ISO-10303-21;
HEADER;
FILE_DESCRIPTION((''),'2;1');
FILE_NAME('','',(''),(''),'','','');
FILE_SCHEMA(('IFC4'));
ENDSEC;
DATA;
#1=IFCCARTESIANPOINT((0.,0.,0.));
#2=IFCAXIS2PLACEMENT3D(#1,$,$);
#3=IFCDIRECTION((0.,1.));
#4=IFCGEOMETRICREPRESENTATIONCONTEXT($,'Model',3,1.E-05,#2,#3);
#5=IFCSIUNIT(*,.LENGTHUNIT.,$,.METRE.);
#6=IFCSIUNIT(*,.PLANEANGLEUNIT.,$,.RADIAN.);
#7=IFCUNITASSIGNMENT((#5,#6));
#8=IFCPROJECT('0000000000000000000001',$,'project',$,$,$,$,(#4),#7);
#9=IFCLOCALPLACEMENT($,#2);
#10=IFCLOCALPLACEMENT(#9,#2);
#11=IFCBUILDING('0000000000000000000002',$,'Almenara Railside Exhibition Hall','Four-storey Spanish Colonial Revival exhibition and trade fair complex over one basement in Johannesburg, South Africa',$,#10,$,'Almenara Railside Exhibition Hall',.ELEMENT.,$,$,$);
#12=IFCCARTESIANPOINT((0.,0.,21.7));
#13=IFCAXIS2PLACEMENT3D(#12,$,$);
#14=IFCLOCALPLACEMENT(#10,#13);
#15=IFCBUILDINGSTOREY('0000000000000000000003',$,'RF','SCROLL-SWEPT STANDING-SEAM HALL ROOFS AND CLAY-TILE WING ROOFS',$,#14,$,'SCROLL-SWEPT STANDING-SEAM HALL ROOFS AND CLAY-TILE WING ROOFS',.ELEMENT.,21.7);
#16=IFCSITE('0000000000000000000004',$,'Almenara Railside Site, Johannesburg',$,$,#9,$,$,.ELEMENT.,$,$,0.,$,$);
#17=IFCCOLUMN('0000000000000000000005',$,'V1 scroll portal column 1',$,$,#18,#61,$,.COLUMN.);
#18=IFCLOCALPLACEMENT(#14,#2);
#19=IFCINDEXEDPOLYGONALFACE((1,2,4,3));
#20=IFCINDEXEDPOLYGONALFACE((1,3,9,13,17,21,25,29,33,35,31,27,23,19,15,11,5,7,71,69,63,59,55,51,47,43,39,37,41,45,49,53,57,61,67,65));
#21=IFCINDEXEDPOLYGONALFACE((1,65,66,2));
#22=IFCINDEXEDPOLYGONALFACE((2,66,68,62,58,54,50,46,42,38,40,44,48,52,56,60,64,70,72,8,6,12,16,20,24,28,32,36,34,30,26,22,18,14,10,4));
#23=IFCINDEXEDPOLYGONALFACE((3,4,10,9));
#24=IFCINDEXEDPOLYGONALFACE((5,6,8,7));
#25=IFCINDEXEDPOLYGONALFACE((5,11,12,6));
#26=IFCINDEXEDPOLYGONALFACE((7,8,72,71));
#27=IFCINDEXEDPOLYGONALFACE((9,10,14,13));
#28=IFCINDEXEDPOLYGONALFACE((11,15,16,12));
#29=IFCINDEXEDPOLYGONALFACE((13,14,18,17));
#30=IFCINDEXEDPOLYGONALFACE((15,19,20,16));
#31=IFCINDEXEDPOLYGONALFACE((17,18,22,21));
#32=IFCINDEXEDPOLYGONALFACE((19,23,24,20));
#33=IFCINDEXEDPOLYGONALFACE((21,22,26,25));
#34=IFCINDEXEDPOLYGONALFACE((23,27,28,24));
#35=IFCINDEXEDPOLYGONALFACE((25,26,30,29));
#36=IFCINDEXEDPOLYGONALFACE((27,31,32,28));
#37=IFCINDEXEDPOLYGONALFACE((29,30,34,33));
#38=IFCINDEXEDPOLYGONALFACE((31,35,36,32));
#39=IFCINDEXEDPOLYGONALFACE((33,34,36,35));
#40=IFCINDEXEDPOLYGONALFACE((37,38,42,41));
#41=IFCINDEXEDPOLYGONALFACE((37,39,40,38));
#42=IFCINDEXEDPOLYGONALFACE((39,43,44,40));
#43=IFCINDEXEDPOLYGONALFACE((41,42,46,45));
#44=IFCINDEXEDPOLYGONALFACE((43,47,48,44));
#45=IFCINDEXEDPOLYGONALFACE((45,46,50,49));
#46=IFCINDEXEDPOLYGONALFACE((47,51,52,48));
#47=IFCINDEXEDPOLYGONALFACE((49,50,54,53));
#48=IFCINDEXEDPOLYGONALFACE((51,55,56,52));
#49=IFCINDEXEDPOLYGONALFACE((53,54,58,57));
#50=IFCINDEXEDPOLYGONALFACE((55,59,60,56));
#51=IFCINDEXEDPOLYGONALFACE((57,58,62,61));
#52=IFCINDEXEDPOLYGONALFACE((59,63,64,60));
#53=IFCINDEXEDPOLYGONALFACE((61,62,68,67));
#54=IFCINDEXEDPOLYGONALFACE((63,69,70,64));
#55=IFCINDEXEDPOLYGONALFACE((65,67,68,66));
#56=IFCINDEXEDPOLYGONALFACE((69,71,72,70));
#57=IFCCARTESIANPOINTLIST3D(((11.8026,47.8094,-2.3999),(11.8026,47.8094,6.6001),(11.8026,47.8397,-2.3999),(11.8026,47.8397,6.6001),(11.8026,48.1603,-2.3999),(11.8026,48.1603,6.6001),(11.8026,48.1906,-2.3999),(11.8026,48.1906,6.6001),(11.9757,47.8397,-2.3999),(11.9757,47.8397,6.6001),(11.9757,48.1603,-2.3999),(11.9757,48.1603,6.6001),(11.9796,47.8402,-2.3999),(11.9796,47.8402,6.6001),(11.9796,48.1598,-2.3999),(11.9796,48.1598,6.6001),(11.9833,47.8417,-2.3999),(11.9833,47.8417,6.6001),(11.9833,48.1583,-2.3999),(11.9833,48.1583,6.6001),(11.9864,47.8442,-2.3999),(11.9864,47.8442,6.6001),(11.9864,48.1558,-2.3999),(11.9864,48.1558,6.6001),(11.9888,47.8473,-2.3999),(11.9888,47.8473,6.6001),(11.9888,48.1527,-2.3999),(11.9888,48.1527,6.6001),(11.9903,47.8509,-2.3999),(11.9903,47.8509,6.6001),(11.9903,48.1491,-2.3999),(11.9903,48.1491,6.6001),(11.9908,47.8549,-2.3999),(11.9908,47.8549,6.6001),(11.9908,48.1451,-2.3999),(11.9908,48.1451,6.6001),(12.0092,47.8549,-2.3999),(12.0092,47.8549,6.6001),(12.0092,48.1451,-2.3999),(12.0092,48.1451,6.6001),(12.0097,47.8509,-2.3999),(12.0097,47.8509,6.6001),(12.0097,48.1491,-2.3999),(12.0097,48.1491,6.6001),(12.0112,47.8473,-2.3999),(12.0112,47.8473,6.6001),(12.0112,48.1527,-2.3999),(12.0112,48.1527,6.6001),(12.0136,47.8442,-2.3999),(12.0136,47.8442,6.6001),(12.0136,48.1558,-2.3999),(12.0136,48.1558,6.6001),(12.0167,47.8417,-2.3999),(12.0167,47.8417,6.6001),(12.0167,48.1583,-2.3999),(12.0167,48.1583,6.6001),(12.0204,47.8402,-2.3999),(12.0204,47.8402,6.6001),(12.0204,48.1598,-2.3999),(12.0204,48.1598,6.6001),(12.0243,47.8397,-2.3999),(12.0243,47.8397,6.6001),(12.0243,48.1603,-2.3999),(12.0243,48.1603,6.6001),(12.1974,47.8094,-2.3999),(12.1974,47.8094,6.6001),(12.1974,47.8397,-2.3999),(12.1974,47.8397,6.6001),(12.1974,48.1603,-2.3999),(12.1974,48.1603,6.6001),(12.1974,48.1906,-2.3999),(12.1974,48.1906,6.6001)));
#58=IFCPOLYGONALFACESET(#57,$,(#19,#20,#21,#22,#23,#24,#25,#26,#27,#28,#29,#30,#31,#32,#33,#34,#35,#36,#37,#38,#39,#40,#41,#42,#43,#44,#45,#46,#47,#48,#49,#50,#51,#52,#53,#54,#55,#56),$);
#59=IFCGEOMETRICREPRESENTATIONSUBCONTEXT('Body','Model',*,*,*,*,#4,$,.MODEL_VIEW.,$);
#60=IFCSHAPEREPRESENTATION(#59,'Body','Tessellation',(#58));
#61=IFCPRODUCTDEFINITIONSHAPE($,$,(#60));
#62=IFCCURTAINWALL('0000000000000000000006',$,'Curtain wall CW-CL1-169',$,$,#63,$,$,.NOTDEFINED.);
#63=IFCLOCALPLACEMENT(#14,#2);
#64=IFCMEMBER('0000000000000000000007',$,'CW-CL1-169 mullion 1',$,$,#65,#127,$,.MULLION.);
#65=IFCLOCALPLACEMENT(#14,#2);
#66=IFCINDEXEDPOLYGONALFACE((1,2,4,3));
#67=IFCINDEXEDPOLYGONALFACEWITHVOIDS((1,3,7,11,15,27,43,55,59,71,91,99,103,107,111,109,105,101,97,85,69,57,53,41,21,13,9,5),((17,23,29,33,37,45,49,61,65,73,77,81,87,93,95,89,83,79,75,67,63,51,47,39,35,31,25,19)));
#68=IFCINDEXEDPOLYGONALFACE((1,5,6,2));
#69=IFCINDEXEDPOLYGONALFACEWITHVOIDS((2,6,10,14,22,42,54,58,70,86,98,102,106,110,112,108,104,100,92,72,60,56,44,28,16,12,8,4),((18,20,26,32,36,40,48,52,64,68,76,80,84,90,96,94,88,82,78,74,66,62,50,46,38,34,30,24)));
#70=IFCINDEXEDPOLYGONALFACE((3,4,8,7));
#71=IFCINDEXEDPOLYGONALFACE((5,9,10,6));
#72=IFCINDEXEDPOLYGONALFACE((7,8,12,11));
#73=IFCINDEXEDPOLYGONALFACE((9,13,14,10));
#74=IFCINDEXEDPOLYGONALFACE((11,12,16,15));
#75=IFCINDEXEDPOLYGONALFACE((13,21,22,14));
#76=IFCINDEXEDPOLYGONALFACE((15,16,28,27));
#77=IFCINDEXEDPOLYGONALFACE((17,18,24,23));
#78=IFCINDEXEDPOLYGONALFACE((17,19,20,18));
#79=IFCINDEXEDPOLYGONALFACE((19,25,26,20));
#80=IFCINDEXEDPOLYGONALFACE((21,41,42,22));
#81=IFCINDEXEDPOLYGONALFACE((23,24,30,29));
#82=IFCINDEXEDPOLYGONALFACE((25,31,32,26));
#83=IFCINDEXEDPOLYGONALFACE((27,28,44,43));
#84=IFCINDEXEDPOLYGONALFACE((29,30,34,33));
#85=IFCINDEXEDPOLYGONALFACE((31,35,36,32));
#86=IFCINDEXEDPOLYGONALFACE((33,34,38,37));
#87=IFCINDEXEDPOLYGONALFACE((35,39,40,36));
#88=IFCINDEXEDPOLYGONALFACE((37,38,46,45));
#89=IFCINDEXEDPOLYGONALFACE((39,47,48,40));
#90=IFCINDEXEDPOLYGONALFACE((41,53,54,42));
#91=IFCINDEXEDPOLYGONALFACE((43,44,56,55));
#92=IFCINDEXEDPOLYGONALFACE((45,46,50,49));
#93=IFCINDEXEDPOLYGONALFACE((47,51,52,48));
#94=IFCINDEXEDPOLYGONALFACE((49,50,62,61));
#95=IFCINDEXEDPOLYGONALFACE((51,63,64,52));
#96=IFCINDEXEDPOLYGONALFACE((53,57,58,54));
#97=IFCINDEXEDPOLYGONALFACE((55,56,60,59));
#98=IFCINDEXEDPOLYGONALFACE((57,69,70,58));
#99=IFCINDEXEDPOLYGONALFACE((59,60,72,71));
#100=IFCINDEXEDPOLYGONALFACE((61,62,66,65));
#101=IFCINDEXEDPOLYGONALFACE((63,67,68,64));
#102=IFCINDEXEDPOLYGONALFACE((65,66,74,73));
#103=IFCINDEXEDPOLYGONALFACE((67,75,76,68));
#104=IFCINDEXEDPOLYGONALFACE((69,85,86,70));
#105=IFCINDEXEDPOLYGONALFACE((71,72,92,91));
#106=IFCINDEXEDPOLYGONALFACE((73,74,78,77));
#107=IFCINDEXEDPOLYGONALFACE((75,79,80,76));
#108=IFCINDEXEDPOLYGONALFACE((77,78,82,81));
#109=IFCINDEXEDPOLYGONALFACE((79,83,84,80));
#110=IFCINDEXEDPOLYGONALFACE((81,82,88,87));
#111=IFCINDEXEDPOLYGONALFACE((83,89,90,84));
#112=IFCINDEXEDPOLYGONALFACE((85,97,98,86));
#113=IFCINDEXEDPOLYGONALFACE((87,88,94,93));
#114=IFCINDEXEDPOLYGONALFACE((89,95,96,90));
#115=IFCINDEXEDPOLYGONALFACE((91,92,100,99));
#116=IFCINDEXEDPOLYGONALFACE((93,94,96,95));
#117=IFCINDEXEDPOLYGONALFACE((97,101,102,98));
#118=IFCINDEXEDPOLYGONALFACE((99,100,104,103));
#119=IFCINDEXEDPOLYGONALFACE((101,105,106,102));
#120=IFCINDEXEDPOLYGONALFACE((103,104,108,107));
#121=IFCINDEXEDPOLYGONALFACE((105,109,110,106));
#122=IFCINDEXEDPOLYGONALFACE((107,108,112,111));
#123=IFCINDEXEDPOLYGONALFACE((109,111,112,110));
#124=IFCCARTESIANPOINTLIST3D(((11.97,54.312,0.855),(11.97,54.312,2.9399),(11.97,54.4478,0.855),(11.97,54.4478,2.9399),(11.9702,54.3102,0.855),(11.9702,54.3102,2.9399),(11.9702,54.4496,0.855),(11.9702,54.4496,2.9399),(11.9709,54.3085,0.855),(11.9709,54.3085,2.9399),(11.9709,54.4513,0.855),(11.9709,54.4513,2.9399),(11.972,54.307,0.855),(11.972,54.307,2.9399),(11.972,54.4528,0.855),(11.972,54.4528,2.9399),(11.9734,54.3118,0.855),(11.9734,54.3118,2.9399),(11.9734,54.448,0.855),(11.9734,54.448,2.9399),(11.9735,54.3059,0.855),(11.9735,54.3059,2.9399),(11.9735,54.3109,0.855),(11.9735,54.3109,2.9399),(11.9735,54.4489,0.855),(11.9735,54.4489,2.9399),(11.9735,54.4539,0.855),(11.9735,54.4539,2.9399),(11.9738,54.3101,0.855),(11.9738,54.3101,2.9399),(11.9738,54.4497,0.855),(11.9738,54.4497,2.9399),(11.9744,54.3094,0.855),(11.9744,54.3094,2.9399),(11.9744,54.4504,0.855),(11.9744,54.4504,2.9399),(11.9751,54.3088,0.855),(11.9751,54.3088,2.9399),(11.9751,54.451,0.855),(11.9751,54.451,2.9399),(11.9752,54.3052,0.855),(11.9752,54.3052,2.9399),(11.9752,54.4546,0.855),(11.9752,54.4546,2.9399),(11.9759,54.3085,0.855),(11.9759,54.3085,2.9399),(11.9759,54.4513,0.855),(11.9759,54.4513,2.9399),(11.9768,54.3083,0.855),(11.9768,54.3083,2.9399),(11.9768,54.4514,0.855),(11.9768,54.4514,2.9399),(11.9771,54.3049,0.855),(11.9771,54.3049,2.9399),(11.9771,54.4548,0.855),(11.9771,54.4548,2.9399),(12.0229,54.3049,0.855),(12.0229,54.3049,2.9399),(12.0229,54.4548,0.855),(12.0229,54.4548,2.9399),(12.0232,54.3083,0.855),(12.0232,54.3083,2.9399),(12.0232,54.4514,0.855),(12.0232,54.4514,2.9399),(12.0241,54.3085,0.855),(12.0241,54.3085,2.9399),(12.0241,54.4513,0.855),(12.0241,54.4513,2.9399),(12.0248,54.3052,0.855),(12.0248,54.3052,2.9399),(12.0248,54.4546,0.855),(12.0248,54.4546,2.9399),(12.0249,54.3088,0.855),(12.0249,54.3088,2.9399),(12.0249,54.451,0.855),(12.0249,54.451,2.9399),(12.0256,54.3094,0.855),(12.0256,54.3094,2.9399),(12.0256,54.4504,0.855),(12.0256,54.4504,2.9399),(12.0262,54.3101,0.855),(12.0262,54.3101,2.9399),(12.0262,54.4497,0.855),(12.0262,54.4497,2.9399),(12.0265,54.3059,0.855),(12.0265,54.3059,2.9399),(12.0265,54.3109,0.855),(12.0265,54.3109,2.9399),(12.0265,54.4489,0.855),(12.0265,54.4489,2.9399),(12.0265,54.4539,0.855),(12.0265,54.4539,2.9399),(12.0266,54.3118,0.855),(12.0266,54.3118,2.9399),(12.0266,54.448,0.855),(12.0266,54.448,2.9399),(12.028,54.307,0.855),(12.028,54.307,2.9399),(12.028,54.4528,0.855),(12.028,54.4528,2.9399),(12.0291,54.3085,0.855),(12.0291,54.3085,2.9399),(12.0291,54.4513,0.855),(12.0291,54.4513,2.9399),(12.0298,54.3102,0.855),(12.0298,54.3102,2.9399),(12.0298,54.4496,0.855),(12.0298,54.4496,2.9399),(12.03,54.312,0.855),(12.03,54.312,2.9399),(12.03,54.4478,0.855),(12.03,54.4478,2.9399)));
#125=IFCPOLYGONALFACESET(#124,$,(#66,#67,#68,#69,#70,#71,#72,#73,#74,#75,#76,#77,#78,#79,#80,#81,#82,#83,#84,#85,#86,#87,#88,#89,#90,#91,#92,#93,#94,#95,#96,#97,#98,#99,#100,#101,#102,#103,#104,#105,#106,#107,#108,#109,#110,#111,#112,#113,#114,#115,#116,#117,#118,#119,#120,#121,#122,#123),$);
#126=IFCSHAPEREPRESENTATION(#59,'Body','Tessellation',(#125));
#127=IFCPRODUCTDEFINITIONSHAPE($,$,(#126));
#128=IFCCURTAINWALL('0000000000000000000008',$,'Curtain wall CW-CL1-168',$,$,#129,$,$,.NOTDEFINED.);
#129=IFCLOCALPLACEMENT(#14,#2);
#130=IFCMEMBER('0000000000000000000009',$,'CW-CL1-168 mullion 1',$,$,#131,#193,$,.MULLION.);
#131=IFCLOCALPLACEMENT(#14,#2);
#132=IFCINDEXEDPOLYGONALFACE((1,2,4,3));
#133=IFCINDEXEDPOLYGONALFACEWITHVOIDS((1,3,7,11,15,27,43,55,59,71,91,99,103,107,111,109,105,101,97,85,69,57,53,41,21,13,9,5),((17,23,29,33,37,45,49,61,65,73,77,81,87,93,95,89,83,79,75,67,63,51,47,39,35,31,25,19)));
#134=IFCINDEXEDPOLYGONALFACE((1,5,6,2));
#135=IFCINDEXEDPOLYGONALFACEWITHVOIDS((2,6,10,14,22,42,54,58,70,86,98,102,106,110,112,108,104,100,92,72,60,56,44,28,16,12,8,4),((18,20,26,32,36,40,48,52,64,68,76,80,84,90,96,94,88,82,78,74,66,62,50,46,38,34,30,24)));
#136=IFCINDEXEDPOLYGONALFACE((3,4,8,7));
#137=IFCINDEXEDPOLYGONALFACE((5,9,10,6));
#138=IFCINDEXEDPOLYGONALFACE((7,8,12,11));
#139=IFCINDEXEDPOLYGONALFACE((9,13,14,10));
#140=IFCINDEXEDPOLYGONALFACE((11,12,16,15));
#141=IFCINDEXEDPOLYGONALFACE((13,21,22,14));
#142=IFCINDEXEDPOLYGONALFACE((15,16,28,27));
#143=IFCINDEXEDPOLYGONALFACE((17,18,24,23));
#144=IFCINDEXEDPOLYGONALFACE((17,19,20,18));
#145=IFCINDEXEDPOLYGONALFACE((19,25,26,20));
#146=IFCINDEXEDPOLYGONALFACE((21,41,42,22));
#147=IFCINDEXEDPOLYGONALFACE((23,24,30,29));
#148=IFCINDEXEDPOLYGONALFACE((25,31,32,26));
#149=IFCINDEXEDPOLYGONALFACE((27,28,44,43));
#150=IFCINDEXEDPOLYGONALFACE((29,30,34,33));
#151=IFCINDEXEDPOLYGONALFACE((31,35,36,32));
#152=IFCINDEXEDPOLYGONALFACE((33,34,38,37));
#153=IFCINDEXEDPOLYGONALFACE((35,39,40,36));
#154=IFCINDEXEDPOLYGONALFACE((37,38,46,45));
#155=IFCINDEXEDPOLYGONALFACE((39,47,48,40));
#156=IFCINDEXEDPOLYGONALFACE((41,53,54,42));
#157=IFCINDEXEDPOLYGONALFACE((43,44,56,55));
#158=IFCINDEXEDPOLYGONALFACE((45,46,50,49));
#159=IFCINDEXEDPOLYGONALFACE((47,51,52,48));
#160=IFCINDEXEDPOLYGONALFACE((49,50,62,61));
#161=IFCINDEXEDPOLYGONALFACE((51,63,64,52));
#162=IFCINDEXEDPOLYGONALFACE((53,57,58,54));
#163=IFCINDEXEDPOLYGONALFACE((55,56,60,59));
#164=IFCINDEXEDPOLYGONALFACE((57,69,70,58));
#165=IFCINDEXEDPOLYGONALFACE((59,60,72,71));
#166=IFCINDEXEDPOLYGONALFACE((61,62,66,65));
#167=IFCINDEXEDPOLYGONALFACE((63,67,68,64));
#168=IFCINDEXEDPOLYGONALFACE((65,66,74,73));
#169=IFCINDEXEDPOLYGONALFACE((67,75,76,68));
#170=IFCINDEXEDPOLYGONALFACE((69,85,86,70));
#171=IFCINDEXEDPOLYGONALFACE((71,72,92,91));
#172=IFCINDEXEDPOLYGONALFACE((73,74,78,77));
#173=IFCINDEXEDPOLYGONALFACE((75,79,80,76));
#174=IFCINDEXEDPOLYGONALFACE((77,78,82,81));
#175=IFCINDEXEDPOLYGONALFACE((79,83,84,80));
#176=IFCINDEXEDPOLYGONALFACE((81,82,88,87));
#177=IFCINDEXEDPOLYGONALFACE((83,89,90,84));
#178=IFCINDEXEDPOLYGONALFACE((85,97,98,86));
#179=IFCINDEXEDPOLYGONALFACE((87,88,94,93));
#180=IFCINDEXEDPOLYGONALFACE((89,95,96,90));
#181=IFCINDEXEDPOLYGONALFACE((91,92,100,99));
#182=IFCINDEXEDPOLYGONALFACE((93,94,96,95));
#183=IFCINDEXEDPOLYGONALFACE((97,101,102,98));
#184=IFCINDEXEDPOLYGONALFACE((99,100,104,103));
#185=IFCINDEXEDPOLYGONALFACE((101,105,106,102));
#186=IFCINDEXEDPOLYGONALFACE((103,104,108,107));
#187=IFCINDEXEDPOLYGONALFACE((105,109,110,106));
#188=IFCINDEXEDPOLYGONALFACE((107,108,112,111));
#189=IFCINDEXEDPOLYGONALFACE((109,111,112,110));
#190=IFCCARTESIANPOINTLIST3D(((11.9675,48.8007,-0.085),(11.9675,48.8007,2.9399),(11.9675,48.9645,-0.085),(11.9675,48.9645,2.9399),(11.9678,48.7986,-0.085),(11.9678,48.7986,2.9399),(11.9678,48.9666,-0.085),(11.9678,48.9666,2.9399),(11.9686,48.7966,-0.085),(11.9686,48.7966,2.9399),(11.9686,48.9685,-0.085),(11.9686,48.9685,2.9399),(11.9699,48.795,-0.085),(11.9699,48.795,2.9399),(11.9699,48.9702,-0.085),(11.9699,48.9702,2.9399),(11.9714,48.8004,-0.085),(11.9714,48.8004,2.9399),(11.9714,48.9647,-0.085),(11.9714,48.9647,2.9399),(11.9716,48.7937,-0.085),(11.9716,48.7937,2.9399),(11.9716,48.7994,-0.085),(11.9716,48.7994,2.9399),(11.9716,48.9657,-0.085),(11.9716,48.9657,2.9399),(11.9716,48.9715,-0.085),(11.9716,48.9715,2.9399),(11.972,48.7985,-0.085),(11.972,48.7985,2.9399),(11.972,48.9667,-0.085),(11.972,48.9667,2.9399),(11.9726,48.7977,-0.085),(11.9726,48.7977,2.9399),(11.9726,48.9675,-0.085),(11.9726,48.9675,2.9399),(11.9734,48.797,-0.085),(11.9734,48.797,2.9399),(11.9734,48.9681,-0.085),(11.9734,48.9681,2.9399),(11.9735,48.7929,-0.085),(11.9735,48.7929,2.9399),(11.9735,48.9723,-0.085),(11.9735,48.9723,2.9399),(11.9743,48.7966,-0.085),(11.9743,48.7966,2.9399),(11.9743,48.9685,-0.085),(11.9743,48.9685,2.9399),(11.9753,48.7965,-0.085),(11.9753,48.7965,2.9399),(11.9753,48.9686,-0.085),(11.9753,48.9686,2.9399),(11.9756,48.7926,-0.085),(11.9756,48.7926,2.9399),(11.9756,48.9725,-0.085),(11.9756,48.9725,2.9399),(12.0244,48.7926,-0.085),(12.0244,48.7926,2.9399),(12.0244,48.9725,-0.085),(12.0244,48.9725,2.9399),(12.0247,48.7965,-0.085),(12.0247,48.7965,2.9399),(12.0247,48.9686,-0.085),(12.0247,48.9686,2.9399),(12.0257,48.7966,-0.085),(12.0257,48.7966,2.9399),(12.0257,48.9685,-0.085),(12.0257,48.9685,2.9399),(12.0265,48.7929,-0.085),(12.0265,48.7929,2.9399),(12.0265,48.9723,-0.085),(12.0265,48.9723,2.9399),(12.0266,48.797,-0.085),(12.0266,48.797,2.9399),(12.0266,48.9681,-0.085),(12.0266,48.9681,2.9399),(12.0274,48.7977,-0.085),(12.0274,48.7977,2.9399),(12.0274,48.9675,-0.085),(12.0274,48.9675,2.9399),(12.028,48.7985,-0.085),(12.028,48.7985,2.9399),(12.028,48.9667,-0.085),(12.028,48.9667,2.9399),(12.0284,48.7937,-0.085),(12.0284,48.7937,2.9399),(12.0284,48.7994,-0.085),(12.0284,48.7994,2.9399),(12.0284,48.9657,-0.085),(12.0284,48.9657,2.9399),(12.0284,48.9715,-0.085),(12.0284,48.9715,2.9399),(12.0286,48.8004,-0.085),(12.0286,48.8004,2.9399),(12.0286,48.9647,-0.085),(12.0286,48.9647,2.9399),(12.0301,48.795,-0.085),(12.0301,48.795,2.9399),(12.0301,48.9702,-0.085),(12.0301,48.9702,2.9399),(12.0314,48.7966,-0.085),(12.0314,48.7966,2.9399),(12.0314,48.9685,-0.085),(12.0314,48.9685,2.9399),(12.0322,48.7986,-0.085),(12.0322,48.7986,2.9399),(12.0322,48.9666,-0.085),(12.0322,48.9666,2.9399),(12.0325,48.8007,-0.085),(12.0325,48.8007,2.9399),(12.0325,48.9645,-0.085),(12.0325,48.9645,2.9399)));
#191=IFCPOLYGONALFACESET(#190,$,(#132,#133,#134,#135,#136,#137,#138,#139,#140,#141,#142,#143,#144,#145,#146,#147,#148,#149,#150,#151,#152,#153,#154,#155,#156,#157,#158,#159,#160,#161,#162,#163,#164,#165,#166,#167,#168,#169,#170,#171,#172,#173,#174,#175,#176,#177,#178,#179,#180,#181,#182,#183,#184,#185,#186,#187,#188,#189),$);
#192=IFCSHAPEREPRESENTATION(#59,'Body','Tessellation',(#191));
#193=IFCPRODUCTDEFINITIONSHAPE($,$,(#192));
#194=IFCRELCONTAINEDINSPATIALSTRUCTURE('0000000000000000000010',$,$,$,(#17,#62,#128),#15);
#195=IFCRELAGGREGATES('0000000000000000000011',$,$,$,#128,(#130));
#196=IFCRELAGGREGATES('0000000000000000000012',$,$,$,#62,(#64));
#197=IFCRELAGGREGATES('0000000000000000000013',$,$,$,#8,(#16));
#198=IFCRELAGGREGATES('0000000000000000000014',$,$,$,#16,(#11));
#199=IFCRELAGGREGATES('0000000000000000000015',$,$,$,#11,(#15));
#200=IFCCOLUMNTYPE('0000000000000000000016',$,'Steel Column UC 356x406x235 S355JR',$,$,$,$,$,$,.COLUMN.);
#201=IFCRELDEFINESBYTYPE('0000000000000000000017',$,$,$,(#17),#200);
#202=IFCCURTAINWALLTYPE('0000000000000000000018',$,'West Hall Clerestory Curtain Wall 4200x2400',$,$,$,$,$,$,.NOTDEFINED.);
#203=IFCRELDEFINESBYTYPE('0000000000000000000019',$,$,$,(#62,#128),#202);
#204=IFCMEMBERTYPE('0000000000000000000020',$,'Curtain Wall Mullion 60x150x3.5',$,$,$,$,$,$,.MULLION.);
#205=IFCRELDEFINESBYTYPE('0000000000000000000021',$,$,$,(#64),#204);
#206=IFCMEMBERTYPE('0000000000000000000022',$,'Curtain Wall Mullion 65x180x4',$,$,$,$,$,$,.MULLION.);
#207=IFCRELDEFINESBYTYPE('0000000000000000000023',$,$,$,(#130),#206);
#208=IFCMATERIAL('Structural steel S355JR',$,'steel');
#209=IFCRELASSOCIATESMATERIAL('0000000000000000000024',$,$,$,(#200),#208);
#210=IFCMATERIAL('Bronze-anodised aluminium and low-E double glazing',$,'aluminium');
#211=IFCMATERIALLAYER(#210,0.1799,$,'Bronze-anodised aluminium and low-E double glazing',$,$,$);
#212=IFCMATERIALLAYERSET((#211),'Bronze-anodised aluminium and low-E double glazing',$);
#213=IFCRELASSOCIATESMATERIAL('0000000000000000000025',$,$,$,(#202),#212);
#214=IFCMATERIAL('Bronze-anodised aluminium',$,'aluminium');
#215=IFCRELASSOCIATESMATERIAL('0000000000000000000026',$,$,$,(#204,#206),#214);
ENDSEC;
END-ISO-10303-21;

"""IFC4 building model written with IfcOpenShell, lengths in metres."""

from ifc_helpers import new_model, si_unit, direction, frame, origin, origin_2d, place, context, subcontext, project, spatial, hollow_rectangle, i_section, extrude, material, layer, layer_set, material_profile, profile_set, type_object, element, aggregate, save


model = new_model("IFC4")

# Units and contexts
model_context = context("Model", 3, precision=1e-05, world=origin(), true_north=direction((0.0, 1.0)))
body_context = subcontext(model_context, "Body", "Model", "MODEL_VIEW")
ifc_project = project(units=[si_unit("LENGTHUNIT", "METRE"), si_unit("PLANEANGLEUNIT", "RADIAN")], contexts=[model_context])

# Site, building, storey
site_placement = place(None, origin())
site = spatial("IfcSite", under=ifc_project, at=site_placement, Name="Almenara Railside Site, Johannesburg", CompositionType="ELEMENT", RefElevation=0.0)
building_placement = place(site_placement, origin())
building = spatial("IfcBuilding", under=site, at=building_placement, Name="Almenara Railside Exhibition Hall", Description="Four-storey Spanish Colonial Revival exhibition and trade fair complex over one basement in Johannesburg, South Africa", LongName="Almenara Railside Exhibition Hall", CompositionType="ELEMENT")
storey_placement = place(building_placement, frame((0.0, 0.0, 21.7)))
storey = spatial("IfcBuildingStorey", under=building, at=storey_placement, Name="RF", Description="SCROLL-SWEPT STANDING-SEAM HALL ROOFS AND CLAY-TILE WING ROOFS", LongName="SCROLL-SWEPT STANDING-SEAM HALL ROOFS AND CLAY-TILE WING ROOFS", CompositionType="ELEMENT", Elevation=21.7)

# Column
ifc_material_1 = material(Name="Structural steel S355JR", Category="steel")
ifc_material_profile_1 = material_profile(ifc_material_1, i_section(OverallWidth=0.3948, OverallDepth=0.3811, WebThickness=0.0183, FlangeThickness=0.0303, FilletRadius=0.0151, at=origin_2d()), Name="UC 356x406x235")
ifc_profile_set_1 = profile_set([ifc_material_profile_1], Name="Structural steel S355JR")
column_type = type_object("IfcColumnType", Name="Steel Column UC 356x406x235 S355JR", PredefinedType="COLUMN", material=ifc_profile_set_1)
column_placement = place(storey_placement, frame((12.0, 48.0, -2.3999), z_axis=(0.0, 0.0, 1.0), x_axis=(1.0, 0.0, 0.0)))
element("IfcColumn", 1, at=column_placement, inside=storey, type_object=column_type, Name="V1 scroll portal column 1", PredefinedType="COLUMN", context=body_context, shape_type="SweptSolid", body=[
    extrude(i_section(OverallWidth=0.3948, OverallDepth=0.3811, WebThickness=0.0183, FlangeThickness=0.0303, FilletRadius=0.0151, at=origin_2d()), origin(), (0.0, 0.0, 1.0), 9.0),
])

# Curtain wall, member
ifc_material_2 = material(Name="Bronze-anodised aluminium and low-E double glazing", Category="aluminium")
ifc_layer_1 = layer(ifc_material_2, 0.1799, Name="Bronze-anodised aluminium and low-E double glazing")
ifc_layer_set_1 = layer_set([ifc_layer_1], Name="Bronze-anodised aluminium and low-E double glazing")
curtain_wall_type_1 = type_object("IfcCurtainWallType", Name="West Hall Clerestory Curtain Wall 4200x2400", PredefinedType="NOTDEFINED", material=ifc_layer_set_1)
curtain_wall_1_placement = place(storey_placement, origin())
curtain_wall_1 = element("IfcCurtainWall", 2, at=curtain_wall_1_placement, inside=storey, type_object=curtain_wall_type_1, Name="Curtain wall CW-CL1-169", PredefinedType="NOTDEFINED")
ifc_material_3 = material(Name="Bronze-anodised aluminium", Category="aluminium")
ifc_material_profile_2 = material_profile(ifc_material_3, hollow_rectangle(XDim=0.0601, YDim=0.1499, WallThickness=0.0034, InnerFilletRadius=0.0034, OuterFilletRadius=0.0071, at=origin_2d()), Name="ALU-MUL 60x150x3.5")
ifc_profile_set_2 = profile_set([ifc_material_profile_2], Name="Bronze-anodised aluminium")
member_type_1 = type_object("IfcMemberType", Name="Curtain Wall Mullion 60x150x3.5", PredefinedType="MULLION", material=ifc_profile_set_2)
member_1_placement = place(storey_placement, frame((12.0, 54.3799, 0.855), z_axis=(0.0, 0.0, 1.0), x_axis=(-1.0, 0.0, 0.0)))
member_1 = element("IfcMember", 3, at=member_1_placement, type_object=member_type_1, Name="CW-CL1-169 mullion 1", PredefinedType="MULLION", context=body_context, shape_type="SweptSolid", body=[
    extrude(hollow_rectangle(XDim=0.0601, YDim=0.1499, WallThickness=0.0034, InnerFilletRadius=0.0034, OuterFilletRadius=0.0071, at=origin_2d()), origin(), (0.0, 0.0, 1.0), 2.085),
])

# Curtain wall, member
curtain_wall_2_placement = place(storey_placement, origin())
curtain_wall_2 = element("IfcCurtainWall", 4, at=curtain_wall_2_placement, inside=storey, type_object=curtain_wall_type_1, Name="Curtain wall CW-CL1-168", PredefinedType="NOTDEFINED")
ifc_material_profile_3 = material_profile(ifc_material_3, hollow_rectangle(XDim=0.0649, YDim=0.1799, WallThickness=0.0039, InnerFilletRadius=0.0039, OuterFilletRadius=0.0081, at=origin_2d()), Name="ALU-MUL 65x180x4")
ifc_profile_set_3 = profile_set([ifc_material_profile_3], Name="Bronze-anodised aluminium")
member_type_2 = type_object("IfcMemberType", Name="Curtain Wall Mullion 65x180x4", PredefinedType="MULLION", material=ifc_profile_set_3)
member_2_placement = place(storey_placement, frame((12.0, 48.8826, -0.085), z_axis=(0.0, 0.0, 1.0), x_axis=(-1.0, 0.0, 0.0)))
member_2 = element("IfcMember", 5, at=member_2_placement, type_object=member_type_2, Name="CW-CL1-168 mullion 1", PredefinedType="MULLION", context=body_context, shape_type="SweptSolid", body=[
    extrude(hollow_rectangle(XDim=0.0649, YDim=0.1799, WallThickness=0.0039, InnerFilletRadius=0.0039, OuterFilletRadius=0.0081, at=origin_2d()), origin(), (0.0, 0.0, 1.0), 3.0249),
])

aggregate(curtain_wall_2, [member_2])
aggregate(curtain_wall_1, [member_1])

save(model, "model.ifc")
